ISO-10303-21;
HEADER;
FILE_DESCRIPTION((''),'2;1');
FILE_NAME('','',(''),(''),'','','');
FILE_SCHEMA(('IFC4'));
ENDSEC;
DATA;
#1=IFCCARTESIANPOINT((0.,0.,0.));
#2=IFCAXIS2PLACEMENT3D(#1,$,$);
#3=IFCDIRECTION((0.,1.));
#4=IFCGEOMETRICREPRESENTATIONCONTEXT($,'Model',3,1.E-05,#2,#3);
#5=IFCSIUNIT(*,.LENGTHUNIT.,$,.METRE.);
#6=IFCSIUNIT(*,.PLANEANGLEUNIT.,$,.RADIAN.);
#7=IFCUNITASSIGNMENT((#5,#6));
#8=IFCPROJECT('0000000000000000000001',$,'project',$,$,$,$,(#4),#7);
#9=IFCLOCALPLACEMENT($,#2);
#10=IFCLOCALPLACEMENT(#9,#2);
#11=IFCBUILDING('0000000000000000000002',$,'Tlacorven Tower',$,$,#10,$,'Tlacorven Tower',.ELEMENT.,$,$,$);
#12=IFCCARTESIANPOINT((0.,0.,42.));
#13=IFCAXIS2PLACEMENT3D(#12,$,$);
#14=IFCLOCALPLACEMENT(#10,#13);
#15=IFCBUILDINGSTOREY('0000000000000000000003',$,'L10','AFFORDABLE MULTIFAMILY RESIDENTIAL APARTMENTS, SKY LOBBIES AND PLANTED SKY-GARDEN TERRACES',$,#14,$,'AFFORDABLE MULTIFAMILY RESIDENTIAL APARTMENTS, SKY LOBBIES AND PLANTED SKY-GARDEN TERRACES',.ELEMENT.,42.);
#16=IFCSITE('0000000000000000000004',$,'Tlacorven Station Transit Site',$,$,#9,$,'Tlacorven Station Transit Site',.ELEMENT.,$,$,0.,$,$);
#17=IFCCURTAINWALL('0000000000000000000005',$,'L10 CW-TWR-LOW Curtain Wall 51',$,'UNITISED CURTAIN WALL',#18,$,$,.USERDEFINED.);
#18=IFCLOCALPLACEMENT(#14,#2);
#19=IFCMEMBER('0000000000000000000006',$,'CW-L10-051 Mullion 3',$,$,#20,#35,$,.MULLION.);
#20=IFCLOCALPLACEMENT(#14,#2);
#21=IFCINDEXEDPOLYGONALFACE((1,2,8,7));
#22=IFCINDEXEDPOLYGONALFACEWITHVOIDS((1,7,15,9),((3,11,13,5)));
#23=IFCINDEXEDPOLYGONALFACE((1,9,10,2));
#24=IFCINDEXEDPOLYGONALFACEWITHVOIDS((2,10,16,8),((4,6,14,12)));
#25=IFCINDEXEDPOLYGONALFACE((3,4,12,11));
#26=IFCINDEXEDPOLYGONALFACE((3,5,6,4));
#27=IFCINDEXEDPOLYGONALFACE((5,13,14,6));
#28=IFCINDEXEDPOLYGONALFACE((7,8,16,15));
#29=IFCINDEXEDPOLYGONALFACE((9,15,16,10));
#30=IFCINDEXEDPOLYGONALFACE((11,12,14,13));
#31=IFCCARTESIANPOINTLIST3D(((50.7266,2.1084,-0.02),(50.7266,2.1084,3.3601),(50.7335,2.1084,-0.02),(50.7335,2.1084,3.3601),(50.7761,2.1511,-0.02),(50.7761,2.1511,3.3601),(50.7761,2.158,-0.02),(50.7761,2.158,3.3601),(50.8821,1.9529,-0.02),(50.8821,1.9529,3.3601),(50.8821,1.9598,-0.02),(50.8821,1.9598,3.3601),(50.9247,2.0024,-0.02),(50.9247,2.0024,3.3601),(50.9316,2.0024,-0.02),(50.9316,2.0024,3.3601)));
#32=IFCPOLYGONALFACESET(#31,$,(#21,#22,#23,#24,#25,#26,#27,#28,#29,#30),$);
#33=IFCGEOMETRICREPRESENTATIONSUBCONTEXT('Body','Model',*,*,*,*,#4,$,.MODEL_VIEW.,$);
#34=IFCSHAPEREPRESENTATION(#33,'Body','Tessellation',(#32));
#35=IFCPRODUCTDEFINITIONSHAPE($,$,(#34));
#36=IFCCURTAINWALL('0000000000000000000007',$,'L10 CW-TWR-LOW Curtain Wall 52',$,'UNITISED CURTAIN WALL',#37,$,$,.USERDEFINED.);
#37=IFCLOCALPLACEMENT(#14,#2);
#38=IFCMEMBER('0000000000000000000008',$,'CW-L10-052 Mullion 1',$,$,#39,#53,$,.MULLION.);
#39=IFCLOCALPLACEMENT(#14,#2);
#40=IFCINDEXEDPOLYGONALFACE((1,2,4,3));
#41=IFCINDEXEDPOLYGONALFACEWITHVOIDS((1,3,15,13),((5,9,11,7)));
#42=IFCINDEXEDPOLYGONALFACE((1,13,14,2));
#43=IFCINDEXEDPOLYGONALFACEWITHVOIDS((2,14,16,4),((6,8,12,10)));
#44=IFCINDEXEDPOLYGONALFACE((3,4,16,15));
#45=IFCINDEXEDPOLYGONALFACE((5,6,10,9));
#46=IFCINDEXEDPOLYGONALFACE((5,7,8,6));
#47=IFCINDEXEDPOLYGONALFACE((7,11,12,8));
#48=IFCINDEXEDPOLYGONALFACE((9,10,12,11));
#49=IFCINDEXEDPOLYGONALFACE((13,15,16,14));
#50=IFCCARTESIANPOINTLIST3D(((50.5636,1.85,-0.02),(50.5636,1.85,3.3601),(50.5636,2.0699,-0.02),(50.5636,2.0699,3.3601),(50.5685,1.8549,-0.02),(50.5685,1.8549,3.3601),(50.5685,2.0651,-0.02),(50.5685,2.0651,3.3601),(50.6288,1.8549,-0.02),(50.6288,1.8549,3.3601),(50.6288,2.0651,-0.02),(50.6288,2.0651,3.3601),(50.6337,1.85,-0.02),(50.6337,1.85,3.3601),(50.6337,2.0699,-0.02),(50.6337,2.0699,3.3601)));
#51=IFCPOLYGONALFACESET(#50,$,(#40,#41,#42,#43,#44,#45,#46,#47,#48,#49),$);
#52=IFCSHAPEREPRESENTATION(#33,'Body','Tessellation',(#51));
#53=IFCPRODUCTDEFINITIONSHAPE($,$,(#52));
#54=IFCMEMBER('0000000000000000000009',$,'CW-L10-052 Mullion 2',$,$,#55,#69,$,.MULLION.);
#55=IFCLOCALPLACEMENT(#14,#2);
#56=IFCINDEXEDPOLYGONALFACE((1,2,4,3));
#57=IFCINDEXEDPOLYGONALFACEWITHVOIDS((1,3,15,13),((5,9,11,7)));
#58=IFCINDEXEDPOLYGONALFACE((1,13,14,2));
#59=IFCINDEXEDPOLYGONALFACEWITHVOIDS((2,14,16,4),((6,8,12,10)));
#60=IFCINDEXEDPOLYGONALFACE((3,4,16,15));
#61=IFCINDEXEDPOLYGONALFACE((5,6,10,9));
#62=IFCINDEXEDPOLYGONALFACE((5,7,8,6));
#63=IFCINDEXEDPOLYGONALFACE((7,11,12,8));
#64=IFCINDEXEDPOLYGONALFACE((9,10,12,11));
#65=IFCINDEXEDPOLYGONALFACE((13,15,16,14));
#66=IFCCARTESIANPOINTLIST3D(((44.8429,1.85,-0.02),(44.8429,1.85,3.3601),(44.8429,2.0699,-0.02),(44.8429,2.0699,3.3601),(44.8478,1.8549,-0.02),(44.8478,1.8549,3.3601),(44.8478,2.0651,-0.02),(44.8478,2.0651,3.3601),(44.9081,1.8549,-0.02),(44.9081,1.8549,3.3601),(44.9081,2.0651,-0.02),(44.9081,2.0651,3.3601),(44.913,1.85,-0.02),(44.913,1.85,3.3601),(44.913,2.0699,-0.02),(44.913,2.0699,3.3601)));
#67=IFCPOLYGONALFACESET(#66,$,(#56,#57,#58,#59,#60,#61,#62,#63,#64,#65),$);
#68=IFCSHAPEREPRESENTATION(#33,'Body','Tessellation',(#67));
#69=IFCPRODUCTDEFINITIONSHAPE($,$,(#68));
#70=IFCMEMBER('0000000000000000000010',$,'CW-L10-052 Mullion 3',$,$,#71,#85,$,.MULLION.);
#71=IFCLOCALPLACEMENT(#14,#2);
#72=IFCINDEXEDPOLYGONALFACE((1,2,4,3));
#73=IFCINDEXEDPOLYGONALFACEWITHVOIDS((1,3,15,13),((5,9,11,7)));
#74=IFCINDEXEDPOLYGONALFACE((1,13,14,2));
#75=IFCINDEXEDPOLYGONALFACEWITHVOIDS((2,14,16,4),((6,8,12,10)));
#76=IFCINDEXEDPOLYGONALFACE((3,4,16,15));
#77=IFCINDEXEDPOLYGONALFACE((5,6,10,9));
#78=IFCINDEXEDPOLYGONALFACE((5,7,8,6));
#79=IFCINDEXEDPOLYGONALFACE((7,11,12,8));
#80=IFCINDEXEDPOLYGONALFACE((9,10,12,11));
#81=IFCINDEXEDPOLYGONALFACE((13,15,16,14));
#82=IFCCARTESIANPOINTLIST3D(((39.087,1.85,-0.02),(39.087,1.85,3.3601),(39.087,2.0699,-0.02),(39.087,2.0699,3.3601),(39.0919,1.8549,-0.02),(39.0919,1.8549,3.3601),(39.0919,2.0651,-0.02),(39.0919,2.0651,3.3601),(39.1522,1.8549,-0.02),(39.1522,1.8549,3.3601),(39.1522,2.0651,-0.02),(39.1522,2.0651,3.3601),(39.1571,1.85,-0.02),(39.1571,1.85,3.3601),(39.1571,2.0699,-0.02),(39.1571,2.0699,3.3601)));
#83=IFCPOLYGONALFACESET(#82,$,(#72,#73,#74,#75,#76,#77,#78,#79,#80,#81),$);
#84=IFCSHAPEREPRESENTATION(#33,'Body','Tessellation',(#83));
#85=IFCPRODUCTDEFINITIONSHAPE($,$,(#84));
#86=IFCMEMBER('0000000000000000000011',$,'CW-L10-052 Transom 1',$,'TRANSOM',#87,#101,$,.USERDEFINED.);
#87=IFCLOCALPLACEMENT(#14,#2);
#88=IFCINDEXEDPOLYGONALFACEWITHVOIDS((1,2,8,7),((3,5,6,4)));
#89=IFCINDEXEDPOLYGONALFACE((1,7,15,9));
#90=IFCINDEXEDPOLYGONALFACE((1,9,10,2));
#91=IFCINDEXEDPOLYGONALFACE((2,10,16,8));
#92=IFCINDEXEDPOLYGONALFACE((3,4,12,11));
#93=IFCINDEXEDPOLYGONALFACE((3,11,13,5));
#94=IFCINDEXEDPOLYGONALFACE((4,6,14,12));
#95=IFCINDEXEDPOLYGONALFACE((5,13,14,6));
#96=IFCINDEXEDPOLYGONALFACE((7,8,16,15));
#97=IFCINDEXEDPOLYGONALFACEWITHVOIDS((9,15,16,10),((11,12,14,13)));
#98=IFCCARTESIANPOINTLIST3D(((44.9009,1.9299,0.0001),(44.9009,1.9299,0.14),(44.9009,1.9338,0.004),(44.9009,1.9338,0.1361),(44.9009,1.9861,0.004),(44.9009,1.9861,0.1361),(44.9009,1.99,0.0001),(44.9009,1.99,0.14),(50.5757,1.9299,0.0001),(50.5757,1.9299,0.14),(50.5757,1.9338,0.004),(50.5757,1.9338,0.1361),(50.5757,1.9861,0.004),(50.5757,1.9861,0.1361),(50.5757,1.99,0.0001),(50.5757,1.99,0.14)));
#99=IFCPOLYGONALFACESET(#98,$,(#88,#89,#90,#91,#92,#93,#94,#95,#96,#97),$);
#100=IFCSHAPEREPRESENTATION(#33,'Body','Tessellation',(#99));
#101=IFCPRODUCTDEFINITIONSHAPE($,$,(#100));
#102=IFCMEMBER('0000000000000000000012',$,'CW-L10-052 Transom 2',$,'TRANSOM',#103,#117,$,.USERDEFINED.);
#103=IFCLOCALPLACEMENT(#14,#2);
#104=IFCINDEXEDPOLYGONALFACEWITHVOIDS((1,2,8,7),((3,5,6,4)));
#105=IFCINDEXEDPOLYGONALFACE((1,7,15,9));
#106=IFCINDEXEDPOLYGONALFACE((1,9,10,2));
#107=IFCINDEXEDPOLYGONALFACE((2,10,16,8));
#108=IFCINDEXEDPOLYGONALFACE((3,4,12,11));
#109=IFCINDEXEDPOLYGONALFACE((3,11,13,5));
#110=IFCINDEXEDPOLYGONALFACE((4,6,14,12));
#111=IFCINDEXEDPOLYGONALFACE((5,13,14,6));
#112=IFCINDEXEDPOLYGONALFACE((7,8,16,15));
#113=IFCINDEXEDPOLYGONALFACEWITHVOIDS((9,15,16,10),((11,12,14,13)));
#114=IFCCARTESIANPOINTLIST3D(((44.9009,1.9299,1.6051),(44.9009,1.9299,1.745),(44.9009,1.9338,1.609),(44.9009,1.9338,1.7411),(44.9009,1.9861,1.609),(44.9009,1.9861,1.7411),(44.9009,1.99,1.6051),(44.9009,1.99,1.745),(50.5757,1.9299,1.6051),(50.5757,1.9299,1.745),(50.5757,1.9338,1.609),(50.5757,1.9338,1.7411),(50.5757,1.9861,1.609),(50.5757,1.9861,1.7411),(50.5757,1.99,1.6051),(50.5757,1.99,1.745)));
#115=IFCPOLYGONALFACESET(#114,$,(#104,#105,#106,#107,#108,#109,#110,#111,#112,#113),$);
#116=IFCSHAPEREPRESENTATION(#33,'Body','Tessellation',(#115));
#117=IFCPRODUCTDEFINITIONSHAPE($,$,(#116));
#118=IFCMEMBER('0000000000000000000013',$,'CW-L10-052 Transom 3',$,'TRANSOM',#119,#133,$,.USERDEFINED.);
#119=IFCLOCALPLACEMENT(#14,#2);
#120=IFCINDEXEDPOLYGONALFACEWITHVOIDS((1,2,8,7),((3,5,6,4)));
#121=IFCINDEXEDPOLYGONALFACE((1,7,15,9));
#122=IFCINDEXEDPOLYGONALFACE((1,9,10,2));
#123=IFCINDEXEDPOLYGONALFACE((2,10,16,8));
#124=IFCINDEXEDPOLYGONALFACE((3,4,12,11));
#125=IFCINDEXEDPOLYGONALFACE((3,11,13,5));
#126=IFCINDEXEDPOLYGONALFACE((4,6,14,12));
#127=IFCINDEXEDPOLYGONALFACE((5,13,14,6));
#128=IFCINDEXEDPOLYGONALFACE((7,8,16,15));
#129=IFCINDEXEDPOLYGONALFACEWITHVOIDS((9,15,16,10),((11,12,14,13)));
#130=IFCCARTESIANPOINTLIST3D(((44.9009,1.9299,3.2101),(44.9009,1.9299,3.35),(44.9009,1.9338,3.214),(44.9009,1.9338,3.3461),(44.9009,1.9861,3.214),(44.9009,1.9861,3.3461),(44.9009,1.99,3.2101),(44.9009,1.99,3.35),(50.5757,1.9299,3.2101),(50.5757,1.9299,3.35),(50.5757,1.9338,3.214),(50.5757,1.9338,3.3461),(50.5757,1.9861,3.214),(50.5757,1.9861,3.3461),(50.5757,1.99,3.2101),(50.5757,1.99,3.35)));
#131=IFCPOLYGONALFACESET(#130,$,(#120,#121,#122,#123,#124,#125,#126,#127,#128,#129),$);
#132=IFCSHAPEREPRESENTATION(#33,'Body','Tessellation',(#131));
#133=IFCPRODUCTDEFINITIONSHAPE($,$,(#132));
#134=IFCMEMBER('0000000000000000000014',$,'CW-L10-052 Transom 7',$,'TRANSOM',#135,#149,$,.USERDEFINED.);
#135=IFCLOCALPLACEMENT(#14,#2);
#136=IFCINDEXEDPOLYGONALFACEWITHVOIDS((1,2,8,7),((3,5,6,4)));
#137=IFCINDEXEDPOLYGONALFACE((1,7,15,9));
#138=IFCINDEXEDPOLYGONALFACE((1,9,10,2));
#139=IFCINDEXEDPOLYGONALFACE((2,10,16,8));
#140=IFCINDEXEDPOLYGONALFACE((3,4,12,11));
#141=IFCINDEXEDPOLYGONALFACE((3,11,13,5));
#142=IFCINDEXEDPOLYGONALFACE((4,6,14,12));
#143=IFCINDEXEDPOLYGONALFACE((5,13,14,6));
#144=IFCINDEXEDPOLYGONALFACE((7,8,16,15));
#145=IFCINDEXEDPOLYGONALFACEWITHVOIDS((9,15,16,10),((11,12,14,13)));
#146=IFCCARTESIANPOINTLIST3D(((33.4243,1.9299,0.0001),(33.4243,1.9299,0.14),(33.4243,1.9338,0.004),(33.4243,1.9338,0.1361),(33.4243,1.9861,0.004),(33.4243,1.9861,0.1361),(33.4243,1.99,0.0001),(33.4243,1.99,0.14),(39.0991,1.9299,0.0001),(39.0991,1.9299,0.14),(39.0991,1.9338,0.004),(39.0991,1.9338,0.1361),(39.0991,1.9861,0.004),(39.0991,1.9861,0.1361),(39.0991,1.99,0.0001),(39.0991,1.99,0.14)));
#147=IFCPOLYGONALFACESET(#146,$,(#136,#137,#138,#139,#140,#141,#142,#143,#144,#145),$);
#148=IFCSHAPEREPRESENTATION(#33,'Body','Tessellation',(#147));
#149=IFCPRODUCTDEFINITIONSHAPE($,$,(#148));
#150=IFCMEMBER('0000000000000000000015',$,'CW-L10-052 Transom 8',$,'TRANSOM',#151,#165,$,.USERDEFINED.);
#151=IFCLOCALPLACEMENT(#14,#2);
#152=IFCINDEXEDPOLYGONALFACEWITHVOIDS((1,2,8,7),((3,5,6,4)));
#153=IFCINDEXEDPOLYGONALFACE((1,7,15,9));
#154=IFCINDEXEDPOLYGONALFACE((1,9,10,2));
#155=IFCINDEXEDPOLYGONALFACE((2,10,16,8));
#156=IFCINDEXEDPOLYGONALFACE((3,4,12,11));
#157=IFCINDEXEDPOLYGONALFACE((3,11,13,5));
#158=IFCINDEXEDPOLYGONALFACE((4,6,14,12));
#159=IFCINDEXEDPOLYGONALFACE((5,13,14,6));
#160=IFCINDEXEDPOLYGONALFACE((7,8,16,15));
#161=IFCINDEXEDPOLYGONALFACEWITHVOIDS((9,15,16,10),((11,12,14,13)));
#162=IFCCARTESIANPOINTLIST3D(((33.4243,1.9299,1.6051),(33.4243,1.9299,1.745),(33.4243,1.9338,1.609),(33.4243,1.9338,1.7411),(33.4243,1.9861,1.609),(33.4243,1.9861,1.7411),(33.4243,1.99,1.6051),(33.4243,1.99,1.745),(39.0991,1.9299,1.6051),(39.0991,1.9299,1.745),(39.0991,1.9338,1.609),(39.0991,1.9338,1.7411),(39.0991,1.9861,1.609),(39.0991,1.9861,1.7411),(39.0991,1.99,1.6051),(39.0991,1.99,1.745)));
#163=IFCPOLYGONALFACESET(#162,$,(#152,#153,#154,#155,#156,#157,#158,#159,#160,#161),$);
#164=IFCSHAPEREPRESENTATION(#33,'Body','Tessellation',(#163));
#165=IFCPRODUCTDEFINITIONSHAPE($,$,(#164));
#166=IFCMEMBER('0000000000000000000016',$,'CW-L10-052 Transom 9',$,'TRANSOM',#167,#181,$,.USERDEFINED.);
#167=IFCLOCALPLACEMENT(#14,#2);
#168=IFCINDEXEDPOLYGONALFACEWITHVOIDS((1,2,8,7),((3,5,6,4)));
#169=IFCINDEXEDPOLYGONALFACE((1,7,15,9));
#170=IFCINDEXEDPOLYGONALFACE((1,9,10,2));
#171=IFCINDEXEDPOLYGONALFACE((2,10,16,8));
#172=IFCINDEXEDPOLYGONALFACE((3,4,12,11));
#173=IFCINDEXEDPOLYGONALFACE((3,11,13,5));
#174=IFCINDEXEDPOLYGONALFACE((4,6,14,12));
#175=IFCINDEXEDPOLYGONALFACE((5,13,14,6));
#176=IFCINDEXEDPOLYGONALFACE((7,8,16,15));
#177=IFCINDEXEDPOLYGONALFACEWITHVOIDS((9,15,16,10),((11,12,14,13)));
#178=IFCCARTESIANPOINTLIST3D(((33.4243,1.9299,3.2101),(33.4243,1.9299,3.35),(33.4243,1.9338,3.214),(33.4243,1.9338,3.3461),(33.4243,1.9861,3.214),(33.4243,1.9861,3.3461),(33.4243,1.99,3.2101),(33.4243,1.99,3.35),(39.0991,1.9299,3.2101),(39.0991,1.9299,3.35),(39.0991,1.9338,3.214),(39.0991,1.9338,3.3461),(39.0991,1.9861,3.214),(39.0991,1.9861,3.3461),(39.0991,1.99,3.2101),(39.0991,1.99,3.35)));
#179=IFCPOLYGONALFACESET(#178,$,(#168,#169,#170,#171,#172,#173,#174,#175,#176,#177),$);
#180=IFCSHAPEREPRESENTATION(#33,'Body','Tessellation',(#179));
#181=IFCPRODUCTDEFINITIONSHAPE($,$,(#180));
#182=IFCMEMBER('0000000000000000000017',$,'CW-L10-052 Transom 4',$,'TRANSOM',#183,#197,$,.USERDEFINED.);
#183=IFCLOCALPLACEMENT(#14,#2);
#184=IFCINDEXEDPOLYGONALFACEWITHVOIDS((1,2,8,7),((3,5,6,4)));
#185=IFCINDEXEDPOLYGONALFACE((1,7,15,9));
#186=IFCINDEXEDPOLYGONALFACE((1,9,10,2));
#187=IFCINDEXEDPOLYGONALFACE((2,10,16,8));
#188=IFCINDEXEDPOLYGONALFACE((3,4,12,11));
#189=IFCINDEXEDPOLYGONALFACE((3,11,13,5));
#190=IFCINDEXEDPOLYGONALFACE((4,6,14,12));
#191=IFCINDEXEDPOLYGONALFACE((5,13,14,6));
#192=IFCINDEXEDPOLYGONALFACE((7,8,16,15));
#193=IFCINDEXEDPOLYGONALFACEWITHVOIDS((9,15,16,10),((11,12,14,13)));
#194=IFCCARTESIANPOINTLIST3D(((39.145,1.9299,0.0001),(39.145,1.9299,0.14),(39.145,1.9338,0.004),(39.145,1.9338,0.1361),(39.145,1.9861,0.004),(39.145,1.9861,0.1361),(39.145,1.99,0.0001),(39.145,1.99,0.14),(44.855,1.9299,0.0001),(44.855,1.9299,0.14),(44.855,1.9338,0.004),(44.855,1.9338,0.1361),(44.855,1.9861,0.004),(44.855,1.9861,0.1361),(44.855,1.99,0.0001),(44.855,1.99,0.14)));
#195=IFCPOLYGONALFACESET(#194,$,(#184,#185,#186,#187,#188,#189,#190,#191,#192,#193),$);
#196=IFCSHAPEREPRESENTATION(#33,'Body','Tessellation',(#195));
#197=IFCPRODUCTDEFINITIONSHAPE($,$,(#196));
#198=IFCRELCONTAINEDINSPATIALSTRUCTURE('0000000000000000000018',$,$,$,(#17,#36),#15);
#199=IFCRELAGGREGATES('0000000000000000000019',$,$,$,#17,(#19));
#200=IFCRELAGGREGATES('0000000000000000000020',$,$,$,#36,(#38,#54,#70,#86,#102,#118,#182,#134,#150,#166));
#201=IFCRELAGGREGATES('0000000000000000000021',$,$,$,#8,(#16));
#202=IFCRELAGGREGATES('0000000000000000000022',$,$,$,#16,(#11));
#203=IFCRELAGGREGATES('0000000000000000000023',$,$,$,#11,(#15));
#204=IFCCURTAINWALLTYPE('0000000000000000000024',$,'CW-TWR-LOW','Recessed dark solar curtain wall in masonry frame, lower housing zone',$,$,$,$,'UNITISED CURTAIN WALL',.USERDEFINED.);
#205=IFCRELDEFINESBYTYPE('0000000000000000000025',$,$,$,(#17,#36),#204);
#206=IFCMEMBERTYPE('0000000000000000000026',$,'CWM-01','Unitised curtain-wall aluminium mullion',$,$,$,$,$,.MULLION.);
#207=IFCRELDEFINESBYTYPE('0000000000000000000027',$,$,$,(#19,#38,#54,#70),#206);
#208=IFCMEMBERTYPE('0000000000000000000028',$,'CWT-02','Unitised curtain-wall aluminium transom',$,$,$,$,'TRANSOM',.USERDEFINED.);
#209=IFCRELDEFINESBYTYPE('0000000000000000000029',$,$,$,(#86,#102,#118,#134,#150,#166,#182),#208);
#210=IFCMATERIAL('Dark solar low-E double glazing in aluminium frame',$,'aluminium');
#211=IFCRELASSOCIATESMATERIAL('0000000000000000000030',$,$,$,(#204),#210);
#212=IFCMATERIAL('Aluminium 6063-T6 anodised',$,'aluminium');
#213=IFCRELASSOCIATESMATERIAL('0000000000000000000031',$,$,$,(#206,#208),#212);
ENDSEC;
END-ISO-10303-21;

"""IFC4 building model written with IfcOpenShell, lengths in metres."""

from ifc_helpers import new_model, si_unit, direction, frame, origin, origin_2d, place, context, subcontext, project, spatial, hollow_rectangle, extrude, source, transform, mapped, material, material_profile, profile_set, type_object, element, aggregate, save


model = new_model("IFC4")

# Units and contexts
model_context = context("Model", 3, precision=1e-05, world=origin(), true_north=direction((0.0, 1.0)))
body_context = subcontext(model_context, "Body", "Model", "MODEL_VIEW")
ifc_project = project(units=[si_unit("LENGTHUNIT", "METRE"), si_unit("PLANEANGLEUNIT", "RADIAN")], contexts=[model_context])

# Site, building, storey
site_placement = place(None, origin())
site = spatial("IfcSite", under=ifc_project, at=site_placement, Name="Tlacorven Station Transit Site", LongName="Tlacorven Station Transit Site", CompositionType="ELEMENT", RefElevation=0.0)
building_placement = place(site_placement, origin())
building = spatial("IfcBuilding", under=site, at=building_placement, Name="Tlacorven Tower", LongName="Tlacorven Tower", CompositionType="ELEMENT")
storey_placement = place(building_placement, frame((0.0, 0.0, 42.0)))
storey = spatial("IfcBuildingStorey", under=building, at=storey_placement, Name="L10", Description="AFFORDABLE MULTIFAMILY RESIDENTIAL APARTMENTS, SKY LOBBIES AND PLANTED SKY-GARDEN TERRACES", LongName="AFFORDABLE MULTIFAMILY RESIDENTIAL APARTMENTS, SKY LOBBIES AND PLANTED SKY-GARDEN TERRACES", CompositionType="ELEMENT", Elevation=42.0)

# Curtain wall, member
ifc_material_1 = material(Name="Dark solar low-E double glazing in aluminium frame", Category="aluminium")
curtain_wall_type = type_object("IfcCurtainWallType", Name="CW-TWR-LOW", Description="Recessed dark solar curtain wall in masonry frame, lower housing zone", ElementType="UNITISED CURTAIN WALL", PredefinedType="USERDEFINED", material=ifc_material_1)
curtain_wall_1_placement = place(storey_placement, origin())
curtain_wall_1 = element("IfcCurtainWall", 1, at=curtain_wall_1_placement, inside=storey, type_object=curtain_wall_type, Name="L10 CW-TWR-LOW Curtain Wall 51", ObjectType="UNITISED CURTAIN WALL", PredefinedType="USERDEFINED")
ifc_material_2 = material(Name="Aluminium 6063-T6 anodised", Category="aluminium")
ifc_material_profile_1 = material_profile(ifc_material_2, hollow_rectangle(XDim=0.0701, YDim=0.22, WallThickness=0.0049, at=origin_2d()), Name="ALU MULLION 70X220")
ifc_profile_set_1 = profile_set([ifc_material_profile_1], Name="Aluminium 6063-T6 anodised")
member_type_1 = type_object("IfcMemberType", Name="CWM-01", Description="Unitised curtain-wall aluminium mullion", PredefinedType="MULLION", material=ifc_profile_set_1)
shared_shape_1 = source(origin(), body_context, "Body", "SweptSolid", [
    extrude(hollow_rectangle(XDim=0.0701, YDim=0.22, WallThickness=0.0049, at=origin_2d()), origin(), (0.0, 0.0, 1.0), 3.3801),
])
member_1_placement = place(storey_placement, frame((50.8291, 2.0554, -0.02), z_axis=(0.0, 0.0, 1.0), x_axis=(-0.707107, -0.707107, 0.0)))
member_1 = element("IfcMember", 2, at=member_1_placement, type_object=member_type_1, Name="CW-L10-051 Mullion 3", PredefinedType="MULLION", context=body_context, shape_type="MappedRepresentation", body=[
    mapped(shared_shape_1, transform((0.0, 0.0, 0.0), scale=1.0)),
])

# Curtain wall, members
curtain_wall_2_placement = place(storey_placement, origin())
curtain_wall_2 = element("IfcCurtainWall", 3, at=curtain_wall_2_placement, inside=storey, type_object=curtain_wall_type, Name="L10 CW-TWR-LOW Curtain Wall 52", ObjectType="UNITISED CURTAIN WALL", PredefinedType="USERDEFINED")
member_2_placement = place(storey_placement, frame((50.5986, 1.96, -0.02), z_axis=(0.0, 0.0, 1.0), x_axis=(-1.0, 0.0, 0.0)))
member_2 = element("IfcMember", 4, at=member_2_placement, type_object=member_type_1, Name="CW-L10-052 Mullion 1", PredefinedType="MULLION", context=body_context, shape_type="MappedRepresentation", body=[
    mapped(shared_shape_1, transform((0.0, 0.0, 0.0), scale=1.0)),
])
member_3_placement = place(storey_placement, frame((44.8779, 1.96, -0.02), z_axis=(0.0, 0.0, 1.0), x_axis=(-1.0, 0.0, 0.0)))
member_3 = element("IfcMember", 5, at=member_3_placement, type_object=member_type_1, Name="CW-L10-052 Mullion 2", PredefinedType="MULLION", context=body_context, shape_type="MappedRepresentation", body=[
    mapped(shared_shape_1, transform((0.0, 0.0, 0.0), scale=1.0)),
])
member_4_placement = place(storey_placement, frame((39.1221, 1.96, -0.02), z_axis=(0.0, 0.0, 1.0), x_axis=(-1.0, 0.0, 0.0)))
member_4 = element("IfcMember", 6, at=member_4_placement, type_object=member_type_1, Name="CW-L10-052 Mullion 3", PredefinedType="MULLION", context=body_context, shape_type="MappedRepresentation", body=[
    mapped(shared_shape_1, transform((0.0, 0.0, 0.0), scale=1.0)),
])
ifc_material_profile_2 = material_profile(ifc_material_2, hollow_rectangle(XDim=0.0601, YDim=0.1399, WallThickness=0.0039, at=origin_2d()), Name="ALU TRANSOM 60X140")
ifc_profile_set_2 = profile_set([ifc_material_profile_2], Name="Aluminium 6063-T6 anodised")
member_type_2 = type_object("IfcMemberType", Name="CWT-02", Description="Unitised curtain-wall aluminium transom", ElementType="TRANSOM", PredefinedType="USERDEFINED", material=ifc_profile_set_2)
shared_shape_2 = source(origin(), body_context, "Body", "SweptSolid", [
    extrude(hollow_rectangle(XDim=0.0601, YDim=0.1399, WallThickness=0.0039, at=origin_2d()), origin(), (0.0, 0.0, 1.0), 5.6748),
])
member_5_placement = place(storey_placement, frame((50.5757, 1.96, 0.0701), z_axis=(-1.0, 0.0, 0.0), x_axis=(0.0, -1.0, 0.0)))
member_5 = element("IfcMember", 7, at=member_5_placement, type_object=member_type_2, Name="CW-L10-052 Transom 1", ObjectType="TRANSOM", PredefinedType="USERDEFINED", context=body_context, shape_type="MappedRepresentation", body=[
    mapped(shared_shape_2, transform((0.0, 0.0, 0.0), scale=1.0)),
])
member_6_placement = place(storey_placement, frame((50.5757, 1.96, 1.675), z_axis=(-1.0, 0.0, 0.0), x_axis=(0.0, -1.0, 0.0)))
member_6 = element("IfcMember", 8, at=member_6_placement, type_object=member_type_2, Name="CW-L10-052 Transom 2", ObjectType="TRANSOM", PredefinedType="USERDEFINED", context=body_context, shape_type="MappedRepresentation", body=[
    mapped(shared_shape_2, transform((0.0, 0.0, 0.0), scale=1.0)),
])
member_7_placement = place(storey_placement, frame((50.5757, 1.96, 3.28), z_axis=(-1.0, 0.0, 0.0), x_axis=(0.0, -1.0, 0.0)))
member_7 = element("IfcMember", 9, at=member_7_placement, type_object=member_type_2, Name="CW-L10-052 Transom 3", ObjectType="TRANSOM", PredefinedType="USERDEFINED", context=body_context, shape_type="MappedRepresentation", body=[
    mapped(shared_shape_2, transform((0.0, 0.0, 0.0), scale=1.0)),
])
member_8_placement = place(storey_placement, frame((39.0991, 1.96, 0.0701), z_axis=(-1.0, 0.0, 0.0), x_axis=(0.0, -1.0, 0.0)))
member_8 = element("IfcMember", 10, at=member_8_placement, type_object=member_type_2, Name="CW-L10-052 Transom 7", ObjectType="TRANSOM", PredefinedType="USERDEFINED", context=body_context, shape_type="MappedRepresentation", body=[
    mapped(shared_shape_2, transform((0.0, 0.0, 0.0), scale=1.0)),
])
member_9_placement = place(storey_placement, frame((39.0991, 1.96, 1.675), z_axis=(-1.0, 0.0, 0.0), x_axis=(0.0, -1.0, 0.0)))
member_9 = element("IfcMember", 11, at=member_9_placement, type_object=member_type_2, Name="CW-L10-052 Transom 8", ObjectType="TRANSOM", PredefinedType="USERDEFINED", context=body_context, shape_type="MappedRepresentation", body=[
    mapped(shared_shape_2, transform((0.0, 0.0, 0.0), scale=1.0)),
])
member_10_placement = place(storey_placement, frame((39.0991, 1.96, 3.28), z_axis=(-1.0, 0.0, 0.0), x_axis=(0.0, -1.0, 0.0)))
member_10 = element("IfcMember", 12, at=member_10_placement, type_object=member_type_2, Name="CW-L10-052 Transom 9", ObjectType="TRANSOM", PredefinedType="USERDEFINED", context=body_context, shape_type="MappedRepresentation", body=[
    mapped(shared_shape_2, transform((0.0, 0.0, 0.0), scale=1.0)),
])
shared_shape_3 = source(origin(), body_context, "Body", "SweptSolid", [
    extrude(hollow_rectangle(XDim=0.0601, YDim=0.1399, WallThickness=0.0039, at=origin_2d()), origin(), (0.0, 0.0, 1.0), 5.71),
])
member_11_placement = place(storey_placement, frame((44.855, 1.96, 0.0701), z_axis=(-1.0, 0.0, 0.0), x_axis=(0.0, -1.0, 0.0)))
member_11 = element("IfcMember", 13, at=member_11_placement, type_object=member_type_2, Name="CW-L10-052 Transom 4", ObjectType="TRANSOM", PredefinedType="USERDEFINED", context=body_context, shape_type="MappedRepresentation", body=[
    mapped(shared_shape_3, transform((0.0, 0.0, 0.0), scale=1.0)),
])

aggregate(curtain_wall_1, [member_1])
aggregate(curtain_wall_2, [member_2, member_3, member_4, member_5, member_6, member_7, member_11, member_8, member_9, member_10])

save(model, "model.ifc")
